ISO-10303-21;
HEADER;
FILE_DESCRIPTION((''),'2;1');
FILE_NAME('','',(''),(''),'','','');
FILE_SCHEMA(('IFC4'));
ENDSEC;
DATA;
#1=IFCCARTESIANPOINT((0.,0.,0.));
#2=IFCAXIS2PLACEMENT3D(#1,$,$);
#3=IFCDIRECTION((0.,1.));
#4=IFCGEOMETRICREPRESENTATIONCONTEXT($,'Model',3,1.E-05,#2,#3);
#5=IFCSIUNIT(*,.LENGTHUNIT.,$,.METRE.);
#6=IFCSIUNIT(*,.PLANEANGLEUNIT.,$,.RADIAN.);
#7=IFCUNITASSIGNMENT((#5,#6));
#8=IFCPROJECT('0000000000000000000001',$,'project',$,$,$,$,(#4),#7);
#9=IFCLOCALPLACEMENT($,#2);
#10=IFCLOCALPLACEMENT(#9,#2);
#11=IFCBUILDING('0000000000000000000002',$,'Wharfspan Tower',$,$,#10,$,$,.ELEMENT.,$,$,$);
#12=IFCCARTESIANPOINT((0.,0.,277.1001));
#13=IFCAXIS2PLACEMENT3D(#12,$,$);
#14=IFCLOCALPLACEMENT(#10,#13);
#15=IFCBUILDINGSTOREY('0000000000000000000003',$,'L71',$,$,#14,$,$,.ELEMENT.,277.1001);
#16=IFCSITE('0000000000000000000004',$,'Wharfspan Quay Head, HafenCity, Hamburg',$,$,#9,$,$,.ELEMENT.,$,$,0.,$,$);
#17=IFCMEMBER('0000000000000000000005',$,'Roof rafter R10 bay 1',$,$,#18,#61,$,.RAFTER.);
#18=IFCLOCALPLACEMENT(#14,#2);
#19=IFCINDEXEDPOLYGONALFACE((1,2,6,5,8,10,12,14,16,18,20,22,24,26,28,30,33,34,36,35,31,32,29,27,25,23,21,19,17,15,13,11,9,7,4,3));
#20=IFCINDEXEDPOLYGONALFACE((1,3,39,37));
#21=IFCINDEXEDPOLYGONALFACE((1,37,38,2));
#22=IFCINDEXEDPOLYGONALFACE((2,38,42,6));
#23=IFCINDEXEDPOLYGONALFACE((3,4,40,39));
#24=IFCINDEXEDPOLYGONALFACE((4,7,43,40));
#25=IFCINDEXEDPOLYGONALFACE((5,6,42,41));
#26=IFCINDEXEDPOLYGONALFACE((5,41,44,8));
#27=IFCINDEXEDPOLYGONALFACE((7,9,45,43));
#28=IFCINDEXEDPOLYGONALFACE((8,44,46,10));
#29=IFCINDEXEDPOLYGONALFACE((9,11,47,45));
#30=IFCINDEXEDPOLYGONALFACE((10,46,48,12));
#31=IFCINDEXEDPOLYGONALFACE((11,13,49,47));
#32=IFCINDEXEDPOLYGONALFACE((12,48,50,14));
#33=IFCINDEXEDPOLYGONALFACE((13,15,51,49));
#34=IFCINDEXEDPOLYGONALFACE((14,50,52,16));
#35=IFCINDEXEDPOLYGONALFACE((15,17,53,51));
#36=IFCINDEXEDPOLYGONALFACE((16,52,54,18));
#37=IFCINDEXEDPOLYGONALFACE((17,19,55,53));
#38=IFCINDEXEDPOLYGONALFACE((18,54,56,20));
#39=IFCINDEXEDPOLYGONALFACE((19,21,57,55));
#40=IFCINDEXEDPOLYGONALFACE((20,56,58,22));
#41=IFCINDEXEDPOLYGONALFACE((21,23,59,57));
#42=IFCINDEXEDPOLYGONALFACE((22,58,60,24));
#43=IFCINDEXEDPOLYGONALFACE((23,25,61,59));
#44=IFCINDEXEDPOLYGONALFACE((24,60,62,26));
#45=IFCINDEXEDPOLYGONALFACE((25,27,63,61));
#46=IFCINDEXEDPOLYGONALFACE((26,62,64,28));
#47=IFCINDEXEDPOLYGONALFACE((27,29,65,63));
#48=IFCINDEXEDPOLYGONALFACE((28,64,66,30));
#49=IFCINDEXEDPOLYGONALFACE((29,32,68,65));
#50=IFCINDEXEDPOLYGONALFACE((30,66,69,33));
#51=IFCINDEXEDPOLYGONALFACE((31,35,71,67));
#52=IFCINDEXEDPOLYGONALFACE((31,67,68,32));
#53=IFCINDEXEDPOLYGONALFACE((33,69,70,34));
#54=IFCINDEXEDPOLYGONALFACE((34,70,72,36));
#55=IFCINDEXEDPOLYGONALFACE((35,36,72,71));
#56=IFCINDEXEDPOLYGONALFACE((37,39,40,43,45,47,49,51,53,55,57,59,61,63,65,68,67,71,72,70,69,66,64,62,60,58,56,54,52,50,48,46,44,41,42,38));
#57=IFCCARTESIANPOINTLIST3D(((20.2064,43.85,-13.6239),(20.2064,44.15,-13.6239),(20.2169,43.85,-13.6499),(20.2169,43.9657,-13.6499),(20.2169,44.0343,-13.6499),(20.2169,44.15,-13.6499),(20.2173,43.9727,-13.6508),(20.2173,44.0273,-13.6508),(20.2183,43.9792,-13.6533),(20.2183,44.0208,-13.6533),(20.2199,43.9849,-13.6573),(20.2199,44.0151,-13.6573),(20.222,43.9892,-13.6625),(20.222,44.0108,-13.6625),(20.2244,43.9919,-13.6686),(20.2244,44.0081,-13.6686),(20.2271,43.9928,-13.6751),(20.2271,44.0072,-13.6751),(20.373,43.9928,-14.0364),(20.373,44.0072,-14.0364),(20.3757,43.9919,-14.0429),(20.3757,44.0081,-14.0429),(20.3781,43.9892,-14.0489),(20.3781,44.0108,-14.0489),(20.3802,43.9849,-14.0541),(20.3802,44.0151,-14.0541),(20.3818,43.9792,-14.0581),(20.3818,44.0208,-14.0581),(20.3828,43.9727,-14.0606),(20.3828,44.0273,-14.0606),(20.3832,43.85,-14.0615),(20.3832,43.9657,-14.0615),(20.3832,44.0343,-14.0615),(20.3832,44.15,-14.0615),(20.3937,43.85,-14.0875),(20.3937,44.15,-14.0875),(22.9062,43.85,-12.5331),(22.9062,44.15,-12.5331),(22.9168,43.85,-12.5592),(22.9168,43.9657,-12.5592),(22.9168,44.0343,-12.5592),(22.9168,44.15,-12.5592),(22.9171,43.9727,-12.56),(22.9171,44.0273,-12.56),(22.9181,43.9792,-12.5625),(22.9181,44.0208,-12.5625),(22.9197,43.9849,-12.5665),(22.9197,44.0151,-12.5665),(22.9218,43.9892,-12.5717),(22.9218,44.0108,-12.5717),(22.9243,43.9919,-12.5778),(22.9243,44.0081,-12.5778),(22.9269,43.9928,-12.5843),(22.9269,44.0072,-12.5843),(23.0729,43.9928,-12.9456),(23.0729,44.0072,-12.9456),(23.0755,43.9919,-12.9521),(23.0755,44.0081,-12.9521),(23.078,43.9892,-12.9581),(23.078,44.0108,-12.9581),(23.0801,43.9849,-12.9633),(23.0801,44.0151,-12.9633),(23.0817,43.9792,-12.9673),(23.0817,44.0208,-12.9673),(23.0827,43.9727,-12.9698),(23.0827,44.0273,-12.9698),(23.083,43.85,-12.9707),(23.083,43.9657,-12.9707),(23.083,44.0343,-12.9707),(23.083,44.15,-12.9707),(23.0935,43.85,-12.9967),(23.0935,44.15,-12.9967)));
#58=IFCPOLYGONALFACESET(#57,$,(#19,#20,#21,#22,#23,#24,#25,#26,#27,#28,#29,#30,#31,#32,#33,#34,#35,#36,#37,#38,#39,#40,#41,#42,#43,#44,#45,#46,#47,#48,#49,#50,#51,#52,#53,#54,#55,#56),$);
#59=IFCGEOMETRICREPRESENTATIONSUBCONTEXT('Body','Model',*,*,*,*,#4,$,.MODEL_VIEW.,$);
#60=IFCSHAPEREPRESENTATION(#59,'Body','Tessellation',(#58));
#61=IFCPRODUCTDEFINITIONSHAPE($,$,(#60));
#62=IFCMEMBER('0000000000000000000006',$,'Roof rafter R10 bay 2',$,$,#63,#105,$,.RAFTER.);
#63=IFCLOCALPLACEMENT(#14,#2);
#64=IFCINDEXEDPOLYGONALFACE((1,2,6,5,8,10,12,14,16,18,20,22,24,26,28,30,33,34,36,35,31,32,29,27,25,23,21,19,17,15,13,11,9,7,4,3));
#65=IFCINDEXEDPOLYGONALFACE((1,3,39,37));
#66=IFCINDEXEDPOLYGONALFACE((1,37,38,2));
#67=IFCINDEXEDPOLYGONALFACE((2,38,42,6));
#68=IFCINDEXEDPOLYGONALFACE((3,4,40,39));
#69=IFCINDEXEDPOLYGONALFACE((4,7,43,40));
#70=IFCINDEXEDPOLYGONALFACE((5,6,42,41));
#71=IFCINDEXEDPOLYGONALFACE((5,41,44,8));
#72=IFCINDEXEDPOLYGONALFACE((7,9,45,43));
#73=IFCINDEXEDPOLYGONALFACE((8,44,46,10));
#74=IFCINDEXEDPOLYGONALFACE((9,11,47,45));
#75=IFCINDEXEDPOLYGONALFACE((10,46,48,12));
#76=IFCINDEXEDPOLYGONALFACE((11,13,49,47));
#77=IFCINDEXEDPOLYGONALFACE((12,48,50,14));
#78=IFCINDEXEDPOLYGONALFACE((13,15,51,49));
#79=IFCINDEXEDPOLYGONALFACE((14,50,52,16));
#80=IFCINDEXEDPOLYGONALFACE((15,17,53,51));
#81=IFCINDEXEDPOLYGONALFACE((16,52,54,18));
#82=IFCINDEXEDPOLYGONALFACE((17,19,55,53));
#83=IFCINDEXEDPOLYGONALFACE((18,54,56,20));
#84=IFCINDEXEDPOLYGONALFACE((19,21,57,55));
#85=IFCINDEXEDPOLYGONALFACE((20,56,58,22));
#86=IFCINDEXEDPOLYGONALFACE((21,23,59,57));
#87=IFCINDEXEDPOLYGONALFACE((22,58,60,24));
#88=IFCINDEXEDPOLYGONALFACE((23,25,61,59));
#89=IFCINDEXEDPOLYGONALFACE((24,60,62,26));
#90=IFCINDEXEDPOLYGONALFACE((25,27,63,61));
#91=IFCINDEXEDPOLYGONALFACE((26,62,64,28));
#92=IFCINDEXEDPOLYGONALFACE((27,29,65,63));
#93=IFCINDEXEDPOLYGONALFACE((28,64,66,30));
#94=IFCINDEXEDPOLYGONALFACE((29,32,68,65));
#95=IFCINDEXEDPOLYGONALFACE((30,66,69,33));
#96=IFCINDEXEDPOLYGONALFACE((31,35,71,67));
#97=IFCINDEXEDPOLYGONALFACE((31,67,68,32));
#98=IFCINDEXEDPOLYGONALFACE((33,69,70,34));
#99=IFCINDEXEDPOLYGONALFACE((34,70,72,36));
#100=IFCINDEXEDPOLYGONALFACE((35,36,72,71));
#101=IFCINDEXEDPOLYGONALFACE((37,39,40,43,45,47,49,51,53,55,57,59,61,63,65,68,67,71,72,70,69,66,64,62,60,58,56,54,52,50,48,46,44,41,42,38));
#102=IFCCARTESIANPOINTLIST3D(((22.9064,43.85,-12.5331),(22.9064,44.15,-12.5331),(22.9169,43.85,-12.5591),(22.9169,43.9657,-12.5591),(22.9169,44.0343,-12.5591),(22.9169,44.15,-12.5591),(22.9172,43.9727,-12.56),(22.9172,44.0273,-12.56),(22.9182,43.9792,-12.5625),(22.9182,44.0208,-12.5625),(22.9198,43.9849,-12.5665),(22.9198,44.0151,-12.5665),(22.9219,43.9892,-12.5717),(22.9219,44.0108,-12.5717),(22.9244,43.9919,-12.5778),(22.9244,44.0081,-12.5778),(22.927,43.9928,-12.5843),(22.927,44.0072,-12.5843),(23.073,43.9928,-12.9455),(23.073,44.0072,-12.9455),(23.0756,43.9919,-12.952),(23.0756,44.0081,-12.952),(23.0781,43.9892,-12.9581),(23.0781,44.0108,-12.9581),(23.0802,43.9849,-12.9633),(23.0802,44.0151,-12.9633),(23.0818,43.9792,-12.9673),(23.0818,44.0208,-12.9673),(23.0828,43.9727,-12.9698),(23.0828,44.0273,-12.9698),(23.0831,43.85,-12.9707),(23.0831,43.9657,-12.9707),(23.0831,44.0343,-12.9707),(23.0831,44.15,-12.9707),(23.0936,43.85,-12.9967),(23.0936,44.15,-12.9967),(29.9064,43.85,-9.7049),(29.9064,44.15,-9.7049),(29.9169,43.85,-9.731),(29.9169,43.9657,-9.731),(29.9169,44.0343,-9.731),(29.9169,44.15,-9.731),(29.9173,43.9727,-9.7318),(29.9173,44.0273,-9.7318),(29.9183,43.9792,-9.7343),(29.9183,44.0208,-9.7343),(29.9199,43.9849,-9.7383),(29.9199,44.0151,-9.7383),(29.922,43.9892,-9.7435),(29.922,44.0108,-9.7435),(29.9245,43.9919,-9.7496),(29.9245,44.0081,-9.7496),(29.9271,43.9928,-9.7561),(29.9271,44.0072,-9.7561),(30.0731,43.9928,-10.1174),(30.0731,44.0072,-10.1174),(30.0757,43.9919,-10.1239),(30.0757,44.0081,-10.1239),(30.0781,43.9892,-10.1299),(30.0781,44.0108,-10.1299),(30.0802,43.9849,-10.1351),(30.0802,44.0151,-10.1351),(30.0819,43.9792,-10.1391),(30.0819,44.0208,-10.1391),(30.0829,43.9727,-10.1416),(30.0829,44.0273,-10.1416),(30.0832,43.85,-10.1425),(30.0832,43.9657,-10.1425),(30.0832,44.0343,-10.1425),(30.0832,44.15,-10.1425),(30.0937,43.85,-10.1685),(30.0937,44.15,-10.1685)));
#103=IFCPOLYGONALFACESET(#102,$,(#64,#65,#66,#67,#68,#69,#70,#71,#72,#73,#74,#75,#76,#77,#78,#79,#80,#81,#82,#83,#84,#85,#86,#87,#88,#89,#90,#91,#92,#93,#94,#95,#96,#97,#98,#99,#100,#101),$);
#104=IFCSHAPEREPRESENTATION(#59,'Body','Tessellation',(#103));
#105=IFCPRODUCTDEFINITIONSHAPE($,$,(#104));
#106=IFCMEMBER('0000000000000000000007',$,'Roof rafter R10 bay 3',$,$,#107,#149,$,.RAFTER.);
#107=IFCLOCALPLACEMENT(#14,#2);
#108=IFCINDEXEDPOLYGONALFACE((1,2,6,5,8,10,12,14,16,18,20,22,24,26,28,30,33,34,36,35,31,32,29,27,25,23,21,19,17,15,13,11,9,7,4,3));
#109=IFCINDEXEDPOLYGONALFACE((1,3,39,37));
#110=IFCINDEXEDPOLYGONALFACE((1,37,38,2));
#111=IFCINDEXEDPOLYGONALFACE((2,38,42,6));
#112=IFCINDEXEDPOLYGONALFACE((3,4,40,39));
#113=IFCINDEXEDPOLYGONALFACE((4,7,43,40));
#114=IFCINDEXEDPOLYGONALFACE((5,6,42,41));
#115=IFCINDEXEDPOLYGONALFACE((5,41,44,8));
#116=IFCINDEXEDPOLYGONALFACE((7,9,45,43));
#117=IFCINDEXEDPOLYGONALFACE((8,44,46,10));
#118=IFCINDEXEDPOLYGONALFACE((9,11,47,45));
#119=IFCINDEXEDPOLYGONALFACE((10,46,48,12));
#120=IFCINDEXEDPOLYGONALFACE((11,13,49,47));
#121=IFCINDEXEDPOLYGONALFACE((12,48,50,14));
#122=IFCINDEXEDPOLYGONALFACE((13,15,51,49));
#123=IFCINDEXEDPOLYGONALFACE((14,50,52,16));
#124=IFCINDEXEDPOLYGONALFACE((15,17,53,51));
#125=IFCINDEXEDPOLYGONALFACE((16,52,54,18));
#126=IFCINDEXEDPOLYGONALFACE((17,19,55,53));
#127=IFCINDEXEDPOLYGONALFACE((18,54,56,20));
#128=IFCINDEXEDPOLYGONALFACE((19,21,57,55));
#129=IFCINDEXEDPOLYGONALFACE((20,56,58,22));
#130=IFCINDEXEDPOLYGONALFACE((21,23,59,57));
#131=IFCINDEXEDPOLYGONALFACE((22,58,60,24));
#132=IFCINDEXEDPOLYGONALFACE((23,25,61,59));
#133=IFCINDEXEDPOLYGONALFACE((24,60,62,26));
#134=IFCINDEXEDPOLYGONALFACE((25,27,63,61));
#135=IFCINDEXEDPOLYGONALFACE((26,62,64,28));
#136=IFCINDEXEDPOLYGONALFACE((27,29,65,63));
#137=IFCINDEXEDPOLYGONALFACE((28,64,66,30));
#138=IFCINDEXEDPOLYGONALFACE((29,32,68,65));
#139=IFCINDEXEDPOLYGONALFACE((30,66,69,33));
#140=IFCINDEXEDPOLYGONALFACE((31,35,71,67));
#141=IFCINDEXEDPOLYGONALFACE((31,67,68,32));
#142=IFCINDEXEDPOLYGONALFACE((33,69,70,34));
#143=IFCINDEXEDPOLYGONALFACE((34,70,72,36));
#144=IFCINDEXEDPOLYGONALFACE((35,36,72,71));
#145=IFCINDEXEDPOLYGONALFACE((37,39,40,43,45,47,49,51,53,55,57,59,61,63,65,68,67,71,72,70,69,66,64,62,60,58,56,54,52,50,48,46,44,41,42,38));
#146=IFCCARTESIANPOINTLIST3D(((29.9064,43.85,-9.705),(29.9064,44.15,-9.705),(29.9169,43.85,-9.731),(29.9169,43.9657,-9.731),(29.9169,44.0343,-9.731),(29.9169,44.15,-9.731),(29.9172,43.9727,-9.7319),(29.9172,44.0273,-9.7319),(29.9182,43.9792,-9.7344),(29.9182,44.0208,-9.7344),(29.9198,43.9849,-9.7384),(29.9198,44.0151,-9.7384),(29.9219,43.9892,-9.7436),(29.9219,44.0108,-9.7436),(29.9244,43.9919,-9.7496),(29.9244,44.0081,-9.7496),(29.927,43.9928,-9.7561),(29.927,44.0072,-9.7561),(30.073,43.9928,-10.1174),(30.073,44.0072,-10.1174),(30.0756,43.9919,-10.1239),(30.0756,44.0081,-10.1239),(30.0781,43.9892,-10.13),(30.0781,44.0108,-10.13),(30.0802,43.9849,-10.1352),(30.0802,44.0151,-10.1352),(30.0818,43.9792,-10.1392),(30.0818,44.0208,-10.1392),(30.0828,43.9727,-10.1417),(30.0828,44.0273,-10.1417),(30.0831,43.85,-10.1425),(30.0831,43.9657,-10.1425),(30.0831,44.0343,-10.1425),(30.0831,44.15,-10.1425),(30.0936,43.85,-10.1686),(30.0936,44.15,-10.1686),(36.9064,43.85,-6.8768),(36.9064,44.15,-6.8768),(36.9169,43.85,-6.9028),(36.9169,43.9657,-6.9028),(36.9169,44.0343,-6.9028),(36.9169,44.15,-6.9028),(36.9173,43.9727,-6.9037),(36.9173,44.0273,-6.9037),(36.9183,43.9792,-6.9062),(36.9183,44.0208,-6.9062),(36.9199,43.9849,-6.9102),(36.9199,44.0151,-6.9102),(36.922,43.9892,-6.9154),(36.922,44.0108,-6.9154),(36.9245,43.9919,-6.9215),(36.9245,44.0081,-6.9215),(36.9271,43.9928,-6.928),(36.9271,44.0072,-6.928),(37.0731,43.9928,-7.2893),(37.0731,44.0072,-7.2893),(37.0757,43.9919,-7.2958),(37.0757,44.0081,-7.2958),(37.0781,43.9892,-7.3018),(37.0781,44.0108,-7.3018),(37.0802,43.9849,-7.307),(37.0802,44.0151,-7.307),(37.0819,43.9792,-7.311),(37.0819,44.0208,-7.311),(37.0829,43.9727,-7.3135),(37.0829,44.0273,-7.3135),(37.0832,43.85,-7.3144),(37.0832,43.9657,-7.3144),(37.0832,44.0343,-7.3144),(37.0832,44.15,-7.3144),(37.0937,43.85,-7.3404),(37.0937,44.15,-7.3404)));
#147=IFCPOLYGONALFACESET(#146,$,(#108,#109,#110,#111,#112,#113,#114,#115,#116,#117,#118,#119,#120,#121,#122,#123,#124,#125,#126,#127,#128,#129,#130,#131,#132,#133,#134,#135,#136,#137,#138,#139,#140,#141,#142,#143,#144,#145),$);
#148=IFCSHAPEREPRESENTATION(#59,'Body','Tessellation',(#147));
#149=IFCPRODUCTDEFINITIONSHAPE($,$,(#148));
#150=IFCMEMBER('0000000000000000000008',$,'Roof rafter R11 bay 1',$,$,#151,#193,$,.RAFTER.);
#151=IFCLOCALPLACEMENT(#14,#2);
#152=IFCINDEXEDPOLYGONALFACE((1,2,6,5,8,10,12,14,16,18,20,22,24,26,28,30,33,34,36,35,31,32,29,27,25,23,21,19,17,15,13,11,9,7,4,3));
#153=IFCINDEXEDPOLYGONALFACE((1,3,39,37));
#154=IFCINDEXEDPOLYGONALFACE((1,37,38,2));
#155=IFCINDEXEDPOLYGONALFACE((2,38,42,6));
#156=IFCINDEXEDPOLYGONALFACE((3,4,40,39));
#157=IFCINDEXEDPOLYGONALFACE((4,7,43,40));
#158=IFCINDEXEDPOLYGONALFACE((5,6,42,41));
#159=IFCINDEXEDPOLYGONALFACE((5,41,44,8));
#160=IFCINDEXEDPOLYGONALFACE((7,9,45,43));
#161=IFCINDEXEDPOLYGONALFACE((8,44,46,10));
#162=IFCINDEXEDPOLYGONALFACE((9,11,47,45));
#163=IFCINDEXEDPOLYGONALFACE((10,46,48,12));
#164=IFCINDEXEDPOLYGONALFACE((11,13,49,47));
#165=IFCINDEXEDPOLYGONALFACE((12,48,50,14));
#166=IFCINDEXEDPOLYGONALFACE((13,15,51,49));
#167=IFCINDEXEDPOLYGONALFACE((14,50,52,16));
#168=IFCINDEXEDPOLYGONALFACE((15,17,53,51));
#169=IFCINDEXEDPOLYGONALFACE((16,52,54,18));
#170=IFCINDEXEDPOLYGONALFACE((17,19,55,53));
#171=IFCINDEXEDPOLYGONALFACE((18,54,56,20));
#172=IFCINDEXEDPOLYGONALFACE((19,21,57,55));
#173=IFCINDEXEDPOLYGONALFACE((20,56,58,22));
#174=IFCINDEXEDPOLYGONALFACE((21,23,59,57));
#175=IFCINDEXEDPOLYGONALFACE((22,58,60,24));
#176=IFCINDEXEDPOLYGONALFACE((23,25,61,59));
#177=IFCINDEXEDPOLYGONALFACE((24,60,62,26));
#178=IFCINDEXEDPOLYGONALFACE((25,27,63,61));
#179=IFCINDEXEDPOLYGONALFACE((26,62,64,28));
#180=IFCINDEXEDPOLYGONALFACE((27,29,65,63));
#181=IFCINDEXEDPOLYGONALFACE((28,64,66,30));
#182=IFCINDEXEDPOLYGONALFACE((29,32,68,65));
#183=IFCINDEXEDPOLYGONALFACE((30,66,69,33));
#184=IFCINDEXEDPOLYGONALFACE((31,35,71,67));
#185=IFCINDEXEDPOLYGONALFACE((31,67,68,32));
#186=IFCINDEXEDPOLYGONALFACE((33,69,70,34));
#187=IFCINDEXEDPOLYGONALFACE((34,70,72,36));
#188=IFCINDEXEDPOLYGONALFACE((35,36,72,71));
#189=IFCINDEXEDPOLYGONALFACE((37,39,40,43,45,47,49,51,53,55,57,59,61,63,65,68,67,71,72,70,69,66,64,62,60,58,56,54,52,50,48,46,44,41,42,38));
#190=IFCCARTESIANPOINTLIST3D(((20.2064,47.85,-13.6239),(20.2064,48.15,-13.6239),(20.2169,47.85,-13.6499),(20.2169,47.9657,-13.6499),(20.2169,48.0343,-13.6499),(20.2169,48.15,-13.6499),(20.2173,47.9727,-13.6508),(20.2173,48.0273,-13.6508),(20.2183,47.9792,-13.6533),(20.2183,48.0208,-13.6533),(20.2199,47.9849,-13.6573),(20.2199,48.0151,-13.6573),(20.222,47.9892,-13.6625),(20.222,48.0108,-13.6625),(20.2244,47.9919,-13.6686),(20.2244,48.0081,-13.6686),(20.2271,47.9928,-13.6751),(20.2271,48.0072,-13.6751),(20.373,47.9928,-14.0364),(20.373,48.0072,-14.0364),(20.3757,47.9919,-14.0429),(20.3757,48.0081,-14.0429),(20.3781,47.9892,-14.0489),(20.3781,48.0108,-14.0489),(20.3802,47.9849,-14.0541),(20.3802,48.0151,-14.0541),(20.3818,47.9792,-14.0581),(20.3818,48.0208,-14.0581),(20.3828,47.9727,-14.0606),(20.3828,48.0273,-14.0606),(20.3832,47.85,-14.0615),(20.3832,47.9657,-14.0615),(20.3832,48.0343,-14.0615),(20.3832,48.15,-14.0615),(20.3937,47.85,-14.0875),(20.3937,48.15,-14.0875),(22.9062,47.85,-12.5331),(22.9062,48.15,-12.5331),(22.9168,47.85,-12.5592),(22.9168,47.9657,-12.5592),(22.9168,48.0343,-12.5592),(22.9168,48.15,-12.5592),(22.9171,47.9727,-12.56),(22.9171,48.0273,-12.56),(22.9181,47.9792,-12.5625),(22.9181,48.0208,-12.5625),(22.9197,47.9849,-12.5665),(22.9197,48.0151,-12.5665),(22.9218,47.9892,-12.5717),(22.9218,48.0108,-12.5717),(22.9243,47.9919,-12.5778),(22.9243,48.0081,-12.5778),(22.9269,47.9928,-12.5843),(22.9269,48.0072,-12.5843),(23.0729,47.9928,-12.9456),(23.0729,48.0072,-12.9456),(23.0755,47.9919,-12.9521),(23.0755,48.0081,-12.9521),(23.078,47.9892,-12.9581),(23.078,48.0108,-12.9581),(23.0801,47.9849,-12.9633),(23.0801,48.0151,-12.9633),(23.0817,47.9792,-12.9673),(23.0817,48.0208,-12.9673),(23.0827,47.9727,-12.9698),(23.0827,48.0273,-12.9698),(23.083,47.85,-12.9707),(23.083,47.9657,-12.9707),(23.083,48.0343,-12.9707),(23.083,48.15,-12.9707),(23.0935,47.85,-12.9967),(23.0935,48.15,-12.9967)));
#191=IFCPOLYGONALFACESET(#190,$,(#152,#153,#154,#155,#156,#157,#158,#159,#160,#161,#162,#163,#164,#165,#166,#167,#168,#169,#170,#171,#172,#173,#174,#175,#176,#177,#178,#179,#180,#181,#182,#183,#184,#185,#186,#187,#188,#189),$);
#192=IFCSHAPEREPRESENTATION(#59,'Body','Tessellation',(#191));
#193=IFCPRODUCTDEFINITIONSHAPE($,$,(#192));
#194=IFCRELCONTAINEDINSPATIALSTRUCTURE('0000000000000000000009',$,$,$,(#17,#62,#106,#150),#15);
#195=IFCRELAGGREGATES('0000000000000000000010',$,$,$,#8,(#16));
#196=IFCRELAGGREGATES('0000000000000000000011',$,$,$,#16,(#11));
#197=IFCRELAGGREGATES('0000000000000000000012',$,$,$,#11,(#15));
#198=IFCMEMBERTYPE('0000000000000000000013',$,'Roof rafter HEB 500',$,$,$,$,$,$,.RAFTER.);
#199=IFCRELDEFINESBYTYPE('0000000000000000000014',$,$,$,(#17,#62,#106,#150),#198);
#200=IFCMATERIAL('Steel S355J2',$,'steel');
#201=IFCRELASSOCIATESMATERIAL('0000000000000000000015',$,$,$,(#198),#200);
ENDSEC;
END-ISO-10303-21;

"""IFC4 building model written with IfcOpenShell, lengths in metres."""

from ifc_helpers import new_model, si_unit, direction, frame, origin, origin_2d, place, context, subcontext, project, spatial, i_section, extrude, material, material_profile, profile_set, type_object, element, save


model = new_model("IFC4")

# Units and contexts
model_context = context("Model", 3, precision=1e-05, world=origin(), true_north=direction((0.0, 1.0)))
body_context = subcontext(model_context, "Body", "Model", "MODEL_VIEW")
ifc_project = project(units=[si_unit("LENGTHUNIT", "METRE"), si_unit("PLANEANGLEUNIT", "RADIAN")], contexts=[model_context])

# Site, building, storey
site_placement = place(None, origin())
site = spatial("IfcSite", under=ifc_project, at=site_placement, Name="Wharfspan Quay Head, HafenCity, Hamburg", CompositionType="ELEMENT", RefElevation=0.0)
building_placement = place(site_placement, origin())
building = spatial("IfcBuilding", under=site, at=building_placement, Name="Wharfspan Tower", CompositionType="ELEMENT")
storey_placement = place(building_placement, frame((0.0, 0.0, 277.1001)))
storey = spatial("IfcBuildingStorey", under=building, at=storey_placement, Name="L71", CompositionType="ELEMENT", Elevation=277.1001)

# Members
ifc_material = material(Name="Steel S355J2", Category="steel")
ifc_material_profile = material_profile(ifc_material, i_section(OverallWidth=0.3, OverallDepth=0.5, WebThickness=0.0144, FlangeThickness=0.0281, FilletRadius=0.0271, at=origin_2d()))
ifc_profile_set = profile_set([ifc_material_profile], Name="Steel S355J2")
member_type = type_object("IfcMemberType", Name="Roof rafter HEB 500", PredefinedType="RAFTER", material=ifc_profile_set)
member_1_placement = place(storey_placement, frame((20.3, 44.0, -13.8557), z_axis=(0.927188, 0.0, 0.374598), x_axis=(0.0, 1.0, 0.0)))
element("IfcMember", 1, at=member_1_placement, inside=storey, type_object=member_type, Name="Roof rafter R10 bay 1", PredefinedType="RAFTER", context=body_context, shape_type="SweptSolid", body=[
    extrude(i_section(OverallWidth=0.3, OverallDepth=0.5, WebThickness=0.0144, FlangeThickness=0.0281, FilletRadius=0.0271, at=origin_2d()), origin(), (0.0, 0.0, 1.0), 2.9119),
])
for number, where, z_axis, x_axis, name in (
    (2, (23.0, 44.0, -12.7649), (0.927187, 0.0, 0.3746), (0.0, 1.0, 0.0), "Roof rafter R10 bay 2"),
    (3, (30.0, 44.0, -9.9368), (0.927187, 0.0, 0.3746), (0.0, 1.0, 0.0), "Roof rafter R10 bay 3"),
):
    element("IfcMember", number, at=place(storey_placement, frame(where, z_axis=z_axis, x_axis=x_axis)), inside=storey, type_object=member_type, Name=name, PredefinedType="RAFTER", context=body_context, shape_type="SweptSolid", body=[
        extrude(i_section(OverallWidth=0.3, OverallDepth=0.5, WebThickness=0.0144, FlangeThickness=0.0281, FilletRadius=0.0271, at=origin_2d()), origin(), (0.0, 0.0, 1.0), 7.5498),
    ])
member_2_placement = place(storey_placement, frame((20.3, 48.0, -13.8557), z_axis=(0.927188, 0.0, 0.374598), x_axis=(0.0, 1.0, 0.0)))
element("IfcMember", 4, at=member_2_placement, inside=storey, type_object=member_type, Name="Roof rafter R11 bay 1", PredefinedType="RAFTER", context=body_context, shape_type="SweptSolid", body=[
    extrude(i_section(OverallWidth=0.3, OverallDepth=0.5, WebThickness=0.0144, FlangeThickness=0.0281, FilletRadius=0.0271, at=origin_2d()), origin(), (0.0, 0.0, 1.0), 2.9119),
])

save(model, "model.ifc")
